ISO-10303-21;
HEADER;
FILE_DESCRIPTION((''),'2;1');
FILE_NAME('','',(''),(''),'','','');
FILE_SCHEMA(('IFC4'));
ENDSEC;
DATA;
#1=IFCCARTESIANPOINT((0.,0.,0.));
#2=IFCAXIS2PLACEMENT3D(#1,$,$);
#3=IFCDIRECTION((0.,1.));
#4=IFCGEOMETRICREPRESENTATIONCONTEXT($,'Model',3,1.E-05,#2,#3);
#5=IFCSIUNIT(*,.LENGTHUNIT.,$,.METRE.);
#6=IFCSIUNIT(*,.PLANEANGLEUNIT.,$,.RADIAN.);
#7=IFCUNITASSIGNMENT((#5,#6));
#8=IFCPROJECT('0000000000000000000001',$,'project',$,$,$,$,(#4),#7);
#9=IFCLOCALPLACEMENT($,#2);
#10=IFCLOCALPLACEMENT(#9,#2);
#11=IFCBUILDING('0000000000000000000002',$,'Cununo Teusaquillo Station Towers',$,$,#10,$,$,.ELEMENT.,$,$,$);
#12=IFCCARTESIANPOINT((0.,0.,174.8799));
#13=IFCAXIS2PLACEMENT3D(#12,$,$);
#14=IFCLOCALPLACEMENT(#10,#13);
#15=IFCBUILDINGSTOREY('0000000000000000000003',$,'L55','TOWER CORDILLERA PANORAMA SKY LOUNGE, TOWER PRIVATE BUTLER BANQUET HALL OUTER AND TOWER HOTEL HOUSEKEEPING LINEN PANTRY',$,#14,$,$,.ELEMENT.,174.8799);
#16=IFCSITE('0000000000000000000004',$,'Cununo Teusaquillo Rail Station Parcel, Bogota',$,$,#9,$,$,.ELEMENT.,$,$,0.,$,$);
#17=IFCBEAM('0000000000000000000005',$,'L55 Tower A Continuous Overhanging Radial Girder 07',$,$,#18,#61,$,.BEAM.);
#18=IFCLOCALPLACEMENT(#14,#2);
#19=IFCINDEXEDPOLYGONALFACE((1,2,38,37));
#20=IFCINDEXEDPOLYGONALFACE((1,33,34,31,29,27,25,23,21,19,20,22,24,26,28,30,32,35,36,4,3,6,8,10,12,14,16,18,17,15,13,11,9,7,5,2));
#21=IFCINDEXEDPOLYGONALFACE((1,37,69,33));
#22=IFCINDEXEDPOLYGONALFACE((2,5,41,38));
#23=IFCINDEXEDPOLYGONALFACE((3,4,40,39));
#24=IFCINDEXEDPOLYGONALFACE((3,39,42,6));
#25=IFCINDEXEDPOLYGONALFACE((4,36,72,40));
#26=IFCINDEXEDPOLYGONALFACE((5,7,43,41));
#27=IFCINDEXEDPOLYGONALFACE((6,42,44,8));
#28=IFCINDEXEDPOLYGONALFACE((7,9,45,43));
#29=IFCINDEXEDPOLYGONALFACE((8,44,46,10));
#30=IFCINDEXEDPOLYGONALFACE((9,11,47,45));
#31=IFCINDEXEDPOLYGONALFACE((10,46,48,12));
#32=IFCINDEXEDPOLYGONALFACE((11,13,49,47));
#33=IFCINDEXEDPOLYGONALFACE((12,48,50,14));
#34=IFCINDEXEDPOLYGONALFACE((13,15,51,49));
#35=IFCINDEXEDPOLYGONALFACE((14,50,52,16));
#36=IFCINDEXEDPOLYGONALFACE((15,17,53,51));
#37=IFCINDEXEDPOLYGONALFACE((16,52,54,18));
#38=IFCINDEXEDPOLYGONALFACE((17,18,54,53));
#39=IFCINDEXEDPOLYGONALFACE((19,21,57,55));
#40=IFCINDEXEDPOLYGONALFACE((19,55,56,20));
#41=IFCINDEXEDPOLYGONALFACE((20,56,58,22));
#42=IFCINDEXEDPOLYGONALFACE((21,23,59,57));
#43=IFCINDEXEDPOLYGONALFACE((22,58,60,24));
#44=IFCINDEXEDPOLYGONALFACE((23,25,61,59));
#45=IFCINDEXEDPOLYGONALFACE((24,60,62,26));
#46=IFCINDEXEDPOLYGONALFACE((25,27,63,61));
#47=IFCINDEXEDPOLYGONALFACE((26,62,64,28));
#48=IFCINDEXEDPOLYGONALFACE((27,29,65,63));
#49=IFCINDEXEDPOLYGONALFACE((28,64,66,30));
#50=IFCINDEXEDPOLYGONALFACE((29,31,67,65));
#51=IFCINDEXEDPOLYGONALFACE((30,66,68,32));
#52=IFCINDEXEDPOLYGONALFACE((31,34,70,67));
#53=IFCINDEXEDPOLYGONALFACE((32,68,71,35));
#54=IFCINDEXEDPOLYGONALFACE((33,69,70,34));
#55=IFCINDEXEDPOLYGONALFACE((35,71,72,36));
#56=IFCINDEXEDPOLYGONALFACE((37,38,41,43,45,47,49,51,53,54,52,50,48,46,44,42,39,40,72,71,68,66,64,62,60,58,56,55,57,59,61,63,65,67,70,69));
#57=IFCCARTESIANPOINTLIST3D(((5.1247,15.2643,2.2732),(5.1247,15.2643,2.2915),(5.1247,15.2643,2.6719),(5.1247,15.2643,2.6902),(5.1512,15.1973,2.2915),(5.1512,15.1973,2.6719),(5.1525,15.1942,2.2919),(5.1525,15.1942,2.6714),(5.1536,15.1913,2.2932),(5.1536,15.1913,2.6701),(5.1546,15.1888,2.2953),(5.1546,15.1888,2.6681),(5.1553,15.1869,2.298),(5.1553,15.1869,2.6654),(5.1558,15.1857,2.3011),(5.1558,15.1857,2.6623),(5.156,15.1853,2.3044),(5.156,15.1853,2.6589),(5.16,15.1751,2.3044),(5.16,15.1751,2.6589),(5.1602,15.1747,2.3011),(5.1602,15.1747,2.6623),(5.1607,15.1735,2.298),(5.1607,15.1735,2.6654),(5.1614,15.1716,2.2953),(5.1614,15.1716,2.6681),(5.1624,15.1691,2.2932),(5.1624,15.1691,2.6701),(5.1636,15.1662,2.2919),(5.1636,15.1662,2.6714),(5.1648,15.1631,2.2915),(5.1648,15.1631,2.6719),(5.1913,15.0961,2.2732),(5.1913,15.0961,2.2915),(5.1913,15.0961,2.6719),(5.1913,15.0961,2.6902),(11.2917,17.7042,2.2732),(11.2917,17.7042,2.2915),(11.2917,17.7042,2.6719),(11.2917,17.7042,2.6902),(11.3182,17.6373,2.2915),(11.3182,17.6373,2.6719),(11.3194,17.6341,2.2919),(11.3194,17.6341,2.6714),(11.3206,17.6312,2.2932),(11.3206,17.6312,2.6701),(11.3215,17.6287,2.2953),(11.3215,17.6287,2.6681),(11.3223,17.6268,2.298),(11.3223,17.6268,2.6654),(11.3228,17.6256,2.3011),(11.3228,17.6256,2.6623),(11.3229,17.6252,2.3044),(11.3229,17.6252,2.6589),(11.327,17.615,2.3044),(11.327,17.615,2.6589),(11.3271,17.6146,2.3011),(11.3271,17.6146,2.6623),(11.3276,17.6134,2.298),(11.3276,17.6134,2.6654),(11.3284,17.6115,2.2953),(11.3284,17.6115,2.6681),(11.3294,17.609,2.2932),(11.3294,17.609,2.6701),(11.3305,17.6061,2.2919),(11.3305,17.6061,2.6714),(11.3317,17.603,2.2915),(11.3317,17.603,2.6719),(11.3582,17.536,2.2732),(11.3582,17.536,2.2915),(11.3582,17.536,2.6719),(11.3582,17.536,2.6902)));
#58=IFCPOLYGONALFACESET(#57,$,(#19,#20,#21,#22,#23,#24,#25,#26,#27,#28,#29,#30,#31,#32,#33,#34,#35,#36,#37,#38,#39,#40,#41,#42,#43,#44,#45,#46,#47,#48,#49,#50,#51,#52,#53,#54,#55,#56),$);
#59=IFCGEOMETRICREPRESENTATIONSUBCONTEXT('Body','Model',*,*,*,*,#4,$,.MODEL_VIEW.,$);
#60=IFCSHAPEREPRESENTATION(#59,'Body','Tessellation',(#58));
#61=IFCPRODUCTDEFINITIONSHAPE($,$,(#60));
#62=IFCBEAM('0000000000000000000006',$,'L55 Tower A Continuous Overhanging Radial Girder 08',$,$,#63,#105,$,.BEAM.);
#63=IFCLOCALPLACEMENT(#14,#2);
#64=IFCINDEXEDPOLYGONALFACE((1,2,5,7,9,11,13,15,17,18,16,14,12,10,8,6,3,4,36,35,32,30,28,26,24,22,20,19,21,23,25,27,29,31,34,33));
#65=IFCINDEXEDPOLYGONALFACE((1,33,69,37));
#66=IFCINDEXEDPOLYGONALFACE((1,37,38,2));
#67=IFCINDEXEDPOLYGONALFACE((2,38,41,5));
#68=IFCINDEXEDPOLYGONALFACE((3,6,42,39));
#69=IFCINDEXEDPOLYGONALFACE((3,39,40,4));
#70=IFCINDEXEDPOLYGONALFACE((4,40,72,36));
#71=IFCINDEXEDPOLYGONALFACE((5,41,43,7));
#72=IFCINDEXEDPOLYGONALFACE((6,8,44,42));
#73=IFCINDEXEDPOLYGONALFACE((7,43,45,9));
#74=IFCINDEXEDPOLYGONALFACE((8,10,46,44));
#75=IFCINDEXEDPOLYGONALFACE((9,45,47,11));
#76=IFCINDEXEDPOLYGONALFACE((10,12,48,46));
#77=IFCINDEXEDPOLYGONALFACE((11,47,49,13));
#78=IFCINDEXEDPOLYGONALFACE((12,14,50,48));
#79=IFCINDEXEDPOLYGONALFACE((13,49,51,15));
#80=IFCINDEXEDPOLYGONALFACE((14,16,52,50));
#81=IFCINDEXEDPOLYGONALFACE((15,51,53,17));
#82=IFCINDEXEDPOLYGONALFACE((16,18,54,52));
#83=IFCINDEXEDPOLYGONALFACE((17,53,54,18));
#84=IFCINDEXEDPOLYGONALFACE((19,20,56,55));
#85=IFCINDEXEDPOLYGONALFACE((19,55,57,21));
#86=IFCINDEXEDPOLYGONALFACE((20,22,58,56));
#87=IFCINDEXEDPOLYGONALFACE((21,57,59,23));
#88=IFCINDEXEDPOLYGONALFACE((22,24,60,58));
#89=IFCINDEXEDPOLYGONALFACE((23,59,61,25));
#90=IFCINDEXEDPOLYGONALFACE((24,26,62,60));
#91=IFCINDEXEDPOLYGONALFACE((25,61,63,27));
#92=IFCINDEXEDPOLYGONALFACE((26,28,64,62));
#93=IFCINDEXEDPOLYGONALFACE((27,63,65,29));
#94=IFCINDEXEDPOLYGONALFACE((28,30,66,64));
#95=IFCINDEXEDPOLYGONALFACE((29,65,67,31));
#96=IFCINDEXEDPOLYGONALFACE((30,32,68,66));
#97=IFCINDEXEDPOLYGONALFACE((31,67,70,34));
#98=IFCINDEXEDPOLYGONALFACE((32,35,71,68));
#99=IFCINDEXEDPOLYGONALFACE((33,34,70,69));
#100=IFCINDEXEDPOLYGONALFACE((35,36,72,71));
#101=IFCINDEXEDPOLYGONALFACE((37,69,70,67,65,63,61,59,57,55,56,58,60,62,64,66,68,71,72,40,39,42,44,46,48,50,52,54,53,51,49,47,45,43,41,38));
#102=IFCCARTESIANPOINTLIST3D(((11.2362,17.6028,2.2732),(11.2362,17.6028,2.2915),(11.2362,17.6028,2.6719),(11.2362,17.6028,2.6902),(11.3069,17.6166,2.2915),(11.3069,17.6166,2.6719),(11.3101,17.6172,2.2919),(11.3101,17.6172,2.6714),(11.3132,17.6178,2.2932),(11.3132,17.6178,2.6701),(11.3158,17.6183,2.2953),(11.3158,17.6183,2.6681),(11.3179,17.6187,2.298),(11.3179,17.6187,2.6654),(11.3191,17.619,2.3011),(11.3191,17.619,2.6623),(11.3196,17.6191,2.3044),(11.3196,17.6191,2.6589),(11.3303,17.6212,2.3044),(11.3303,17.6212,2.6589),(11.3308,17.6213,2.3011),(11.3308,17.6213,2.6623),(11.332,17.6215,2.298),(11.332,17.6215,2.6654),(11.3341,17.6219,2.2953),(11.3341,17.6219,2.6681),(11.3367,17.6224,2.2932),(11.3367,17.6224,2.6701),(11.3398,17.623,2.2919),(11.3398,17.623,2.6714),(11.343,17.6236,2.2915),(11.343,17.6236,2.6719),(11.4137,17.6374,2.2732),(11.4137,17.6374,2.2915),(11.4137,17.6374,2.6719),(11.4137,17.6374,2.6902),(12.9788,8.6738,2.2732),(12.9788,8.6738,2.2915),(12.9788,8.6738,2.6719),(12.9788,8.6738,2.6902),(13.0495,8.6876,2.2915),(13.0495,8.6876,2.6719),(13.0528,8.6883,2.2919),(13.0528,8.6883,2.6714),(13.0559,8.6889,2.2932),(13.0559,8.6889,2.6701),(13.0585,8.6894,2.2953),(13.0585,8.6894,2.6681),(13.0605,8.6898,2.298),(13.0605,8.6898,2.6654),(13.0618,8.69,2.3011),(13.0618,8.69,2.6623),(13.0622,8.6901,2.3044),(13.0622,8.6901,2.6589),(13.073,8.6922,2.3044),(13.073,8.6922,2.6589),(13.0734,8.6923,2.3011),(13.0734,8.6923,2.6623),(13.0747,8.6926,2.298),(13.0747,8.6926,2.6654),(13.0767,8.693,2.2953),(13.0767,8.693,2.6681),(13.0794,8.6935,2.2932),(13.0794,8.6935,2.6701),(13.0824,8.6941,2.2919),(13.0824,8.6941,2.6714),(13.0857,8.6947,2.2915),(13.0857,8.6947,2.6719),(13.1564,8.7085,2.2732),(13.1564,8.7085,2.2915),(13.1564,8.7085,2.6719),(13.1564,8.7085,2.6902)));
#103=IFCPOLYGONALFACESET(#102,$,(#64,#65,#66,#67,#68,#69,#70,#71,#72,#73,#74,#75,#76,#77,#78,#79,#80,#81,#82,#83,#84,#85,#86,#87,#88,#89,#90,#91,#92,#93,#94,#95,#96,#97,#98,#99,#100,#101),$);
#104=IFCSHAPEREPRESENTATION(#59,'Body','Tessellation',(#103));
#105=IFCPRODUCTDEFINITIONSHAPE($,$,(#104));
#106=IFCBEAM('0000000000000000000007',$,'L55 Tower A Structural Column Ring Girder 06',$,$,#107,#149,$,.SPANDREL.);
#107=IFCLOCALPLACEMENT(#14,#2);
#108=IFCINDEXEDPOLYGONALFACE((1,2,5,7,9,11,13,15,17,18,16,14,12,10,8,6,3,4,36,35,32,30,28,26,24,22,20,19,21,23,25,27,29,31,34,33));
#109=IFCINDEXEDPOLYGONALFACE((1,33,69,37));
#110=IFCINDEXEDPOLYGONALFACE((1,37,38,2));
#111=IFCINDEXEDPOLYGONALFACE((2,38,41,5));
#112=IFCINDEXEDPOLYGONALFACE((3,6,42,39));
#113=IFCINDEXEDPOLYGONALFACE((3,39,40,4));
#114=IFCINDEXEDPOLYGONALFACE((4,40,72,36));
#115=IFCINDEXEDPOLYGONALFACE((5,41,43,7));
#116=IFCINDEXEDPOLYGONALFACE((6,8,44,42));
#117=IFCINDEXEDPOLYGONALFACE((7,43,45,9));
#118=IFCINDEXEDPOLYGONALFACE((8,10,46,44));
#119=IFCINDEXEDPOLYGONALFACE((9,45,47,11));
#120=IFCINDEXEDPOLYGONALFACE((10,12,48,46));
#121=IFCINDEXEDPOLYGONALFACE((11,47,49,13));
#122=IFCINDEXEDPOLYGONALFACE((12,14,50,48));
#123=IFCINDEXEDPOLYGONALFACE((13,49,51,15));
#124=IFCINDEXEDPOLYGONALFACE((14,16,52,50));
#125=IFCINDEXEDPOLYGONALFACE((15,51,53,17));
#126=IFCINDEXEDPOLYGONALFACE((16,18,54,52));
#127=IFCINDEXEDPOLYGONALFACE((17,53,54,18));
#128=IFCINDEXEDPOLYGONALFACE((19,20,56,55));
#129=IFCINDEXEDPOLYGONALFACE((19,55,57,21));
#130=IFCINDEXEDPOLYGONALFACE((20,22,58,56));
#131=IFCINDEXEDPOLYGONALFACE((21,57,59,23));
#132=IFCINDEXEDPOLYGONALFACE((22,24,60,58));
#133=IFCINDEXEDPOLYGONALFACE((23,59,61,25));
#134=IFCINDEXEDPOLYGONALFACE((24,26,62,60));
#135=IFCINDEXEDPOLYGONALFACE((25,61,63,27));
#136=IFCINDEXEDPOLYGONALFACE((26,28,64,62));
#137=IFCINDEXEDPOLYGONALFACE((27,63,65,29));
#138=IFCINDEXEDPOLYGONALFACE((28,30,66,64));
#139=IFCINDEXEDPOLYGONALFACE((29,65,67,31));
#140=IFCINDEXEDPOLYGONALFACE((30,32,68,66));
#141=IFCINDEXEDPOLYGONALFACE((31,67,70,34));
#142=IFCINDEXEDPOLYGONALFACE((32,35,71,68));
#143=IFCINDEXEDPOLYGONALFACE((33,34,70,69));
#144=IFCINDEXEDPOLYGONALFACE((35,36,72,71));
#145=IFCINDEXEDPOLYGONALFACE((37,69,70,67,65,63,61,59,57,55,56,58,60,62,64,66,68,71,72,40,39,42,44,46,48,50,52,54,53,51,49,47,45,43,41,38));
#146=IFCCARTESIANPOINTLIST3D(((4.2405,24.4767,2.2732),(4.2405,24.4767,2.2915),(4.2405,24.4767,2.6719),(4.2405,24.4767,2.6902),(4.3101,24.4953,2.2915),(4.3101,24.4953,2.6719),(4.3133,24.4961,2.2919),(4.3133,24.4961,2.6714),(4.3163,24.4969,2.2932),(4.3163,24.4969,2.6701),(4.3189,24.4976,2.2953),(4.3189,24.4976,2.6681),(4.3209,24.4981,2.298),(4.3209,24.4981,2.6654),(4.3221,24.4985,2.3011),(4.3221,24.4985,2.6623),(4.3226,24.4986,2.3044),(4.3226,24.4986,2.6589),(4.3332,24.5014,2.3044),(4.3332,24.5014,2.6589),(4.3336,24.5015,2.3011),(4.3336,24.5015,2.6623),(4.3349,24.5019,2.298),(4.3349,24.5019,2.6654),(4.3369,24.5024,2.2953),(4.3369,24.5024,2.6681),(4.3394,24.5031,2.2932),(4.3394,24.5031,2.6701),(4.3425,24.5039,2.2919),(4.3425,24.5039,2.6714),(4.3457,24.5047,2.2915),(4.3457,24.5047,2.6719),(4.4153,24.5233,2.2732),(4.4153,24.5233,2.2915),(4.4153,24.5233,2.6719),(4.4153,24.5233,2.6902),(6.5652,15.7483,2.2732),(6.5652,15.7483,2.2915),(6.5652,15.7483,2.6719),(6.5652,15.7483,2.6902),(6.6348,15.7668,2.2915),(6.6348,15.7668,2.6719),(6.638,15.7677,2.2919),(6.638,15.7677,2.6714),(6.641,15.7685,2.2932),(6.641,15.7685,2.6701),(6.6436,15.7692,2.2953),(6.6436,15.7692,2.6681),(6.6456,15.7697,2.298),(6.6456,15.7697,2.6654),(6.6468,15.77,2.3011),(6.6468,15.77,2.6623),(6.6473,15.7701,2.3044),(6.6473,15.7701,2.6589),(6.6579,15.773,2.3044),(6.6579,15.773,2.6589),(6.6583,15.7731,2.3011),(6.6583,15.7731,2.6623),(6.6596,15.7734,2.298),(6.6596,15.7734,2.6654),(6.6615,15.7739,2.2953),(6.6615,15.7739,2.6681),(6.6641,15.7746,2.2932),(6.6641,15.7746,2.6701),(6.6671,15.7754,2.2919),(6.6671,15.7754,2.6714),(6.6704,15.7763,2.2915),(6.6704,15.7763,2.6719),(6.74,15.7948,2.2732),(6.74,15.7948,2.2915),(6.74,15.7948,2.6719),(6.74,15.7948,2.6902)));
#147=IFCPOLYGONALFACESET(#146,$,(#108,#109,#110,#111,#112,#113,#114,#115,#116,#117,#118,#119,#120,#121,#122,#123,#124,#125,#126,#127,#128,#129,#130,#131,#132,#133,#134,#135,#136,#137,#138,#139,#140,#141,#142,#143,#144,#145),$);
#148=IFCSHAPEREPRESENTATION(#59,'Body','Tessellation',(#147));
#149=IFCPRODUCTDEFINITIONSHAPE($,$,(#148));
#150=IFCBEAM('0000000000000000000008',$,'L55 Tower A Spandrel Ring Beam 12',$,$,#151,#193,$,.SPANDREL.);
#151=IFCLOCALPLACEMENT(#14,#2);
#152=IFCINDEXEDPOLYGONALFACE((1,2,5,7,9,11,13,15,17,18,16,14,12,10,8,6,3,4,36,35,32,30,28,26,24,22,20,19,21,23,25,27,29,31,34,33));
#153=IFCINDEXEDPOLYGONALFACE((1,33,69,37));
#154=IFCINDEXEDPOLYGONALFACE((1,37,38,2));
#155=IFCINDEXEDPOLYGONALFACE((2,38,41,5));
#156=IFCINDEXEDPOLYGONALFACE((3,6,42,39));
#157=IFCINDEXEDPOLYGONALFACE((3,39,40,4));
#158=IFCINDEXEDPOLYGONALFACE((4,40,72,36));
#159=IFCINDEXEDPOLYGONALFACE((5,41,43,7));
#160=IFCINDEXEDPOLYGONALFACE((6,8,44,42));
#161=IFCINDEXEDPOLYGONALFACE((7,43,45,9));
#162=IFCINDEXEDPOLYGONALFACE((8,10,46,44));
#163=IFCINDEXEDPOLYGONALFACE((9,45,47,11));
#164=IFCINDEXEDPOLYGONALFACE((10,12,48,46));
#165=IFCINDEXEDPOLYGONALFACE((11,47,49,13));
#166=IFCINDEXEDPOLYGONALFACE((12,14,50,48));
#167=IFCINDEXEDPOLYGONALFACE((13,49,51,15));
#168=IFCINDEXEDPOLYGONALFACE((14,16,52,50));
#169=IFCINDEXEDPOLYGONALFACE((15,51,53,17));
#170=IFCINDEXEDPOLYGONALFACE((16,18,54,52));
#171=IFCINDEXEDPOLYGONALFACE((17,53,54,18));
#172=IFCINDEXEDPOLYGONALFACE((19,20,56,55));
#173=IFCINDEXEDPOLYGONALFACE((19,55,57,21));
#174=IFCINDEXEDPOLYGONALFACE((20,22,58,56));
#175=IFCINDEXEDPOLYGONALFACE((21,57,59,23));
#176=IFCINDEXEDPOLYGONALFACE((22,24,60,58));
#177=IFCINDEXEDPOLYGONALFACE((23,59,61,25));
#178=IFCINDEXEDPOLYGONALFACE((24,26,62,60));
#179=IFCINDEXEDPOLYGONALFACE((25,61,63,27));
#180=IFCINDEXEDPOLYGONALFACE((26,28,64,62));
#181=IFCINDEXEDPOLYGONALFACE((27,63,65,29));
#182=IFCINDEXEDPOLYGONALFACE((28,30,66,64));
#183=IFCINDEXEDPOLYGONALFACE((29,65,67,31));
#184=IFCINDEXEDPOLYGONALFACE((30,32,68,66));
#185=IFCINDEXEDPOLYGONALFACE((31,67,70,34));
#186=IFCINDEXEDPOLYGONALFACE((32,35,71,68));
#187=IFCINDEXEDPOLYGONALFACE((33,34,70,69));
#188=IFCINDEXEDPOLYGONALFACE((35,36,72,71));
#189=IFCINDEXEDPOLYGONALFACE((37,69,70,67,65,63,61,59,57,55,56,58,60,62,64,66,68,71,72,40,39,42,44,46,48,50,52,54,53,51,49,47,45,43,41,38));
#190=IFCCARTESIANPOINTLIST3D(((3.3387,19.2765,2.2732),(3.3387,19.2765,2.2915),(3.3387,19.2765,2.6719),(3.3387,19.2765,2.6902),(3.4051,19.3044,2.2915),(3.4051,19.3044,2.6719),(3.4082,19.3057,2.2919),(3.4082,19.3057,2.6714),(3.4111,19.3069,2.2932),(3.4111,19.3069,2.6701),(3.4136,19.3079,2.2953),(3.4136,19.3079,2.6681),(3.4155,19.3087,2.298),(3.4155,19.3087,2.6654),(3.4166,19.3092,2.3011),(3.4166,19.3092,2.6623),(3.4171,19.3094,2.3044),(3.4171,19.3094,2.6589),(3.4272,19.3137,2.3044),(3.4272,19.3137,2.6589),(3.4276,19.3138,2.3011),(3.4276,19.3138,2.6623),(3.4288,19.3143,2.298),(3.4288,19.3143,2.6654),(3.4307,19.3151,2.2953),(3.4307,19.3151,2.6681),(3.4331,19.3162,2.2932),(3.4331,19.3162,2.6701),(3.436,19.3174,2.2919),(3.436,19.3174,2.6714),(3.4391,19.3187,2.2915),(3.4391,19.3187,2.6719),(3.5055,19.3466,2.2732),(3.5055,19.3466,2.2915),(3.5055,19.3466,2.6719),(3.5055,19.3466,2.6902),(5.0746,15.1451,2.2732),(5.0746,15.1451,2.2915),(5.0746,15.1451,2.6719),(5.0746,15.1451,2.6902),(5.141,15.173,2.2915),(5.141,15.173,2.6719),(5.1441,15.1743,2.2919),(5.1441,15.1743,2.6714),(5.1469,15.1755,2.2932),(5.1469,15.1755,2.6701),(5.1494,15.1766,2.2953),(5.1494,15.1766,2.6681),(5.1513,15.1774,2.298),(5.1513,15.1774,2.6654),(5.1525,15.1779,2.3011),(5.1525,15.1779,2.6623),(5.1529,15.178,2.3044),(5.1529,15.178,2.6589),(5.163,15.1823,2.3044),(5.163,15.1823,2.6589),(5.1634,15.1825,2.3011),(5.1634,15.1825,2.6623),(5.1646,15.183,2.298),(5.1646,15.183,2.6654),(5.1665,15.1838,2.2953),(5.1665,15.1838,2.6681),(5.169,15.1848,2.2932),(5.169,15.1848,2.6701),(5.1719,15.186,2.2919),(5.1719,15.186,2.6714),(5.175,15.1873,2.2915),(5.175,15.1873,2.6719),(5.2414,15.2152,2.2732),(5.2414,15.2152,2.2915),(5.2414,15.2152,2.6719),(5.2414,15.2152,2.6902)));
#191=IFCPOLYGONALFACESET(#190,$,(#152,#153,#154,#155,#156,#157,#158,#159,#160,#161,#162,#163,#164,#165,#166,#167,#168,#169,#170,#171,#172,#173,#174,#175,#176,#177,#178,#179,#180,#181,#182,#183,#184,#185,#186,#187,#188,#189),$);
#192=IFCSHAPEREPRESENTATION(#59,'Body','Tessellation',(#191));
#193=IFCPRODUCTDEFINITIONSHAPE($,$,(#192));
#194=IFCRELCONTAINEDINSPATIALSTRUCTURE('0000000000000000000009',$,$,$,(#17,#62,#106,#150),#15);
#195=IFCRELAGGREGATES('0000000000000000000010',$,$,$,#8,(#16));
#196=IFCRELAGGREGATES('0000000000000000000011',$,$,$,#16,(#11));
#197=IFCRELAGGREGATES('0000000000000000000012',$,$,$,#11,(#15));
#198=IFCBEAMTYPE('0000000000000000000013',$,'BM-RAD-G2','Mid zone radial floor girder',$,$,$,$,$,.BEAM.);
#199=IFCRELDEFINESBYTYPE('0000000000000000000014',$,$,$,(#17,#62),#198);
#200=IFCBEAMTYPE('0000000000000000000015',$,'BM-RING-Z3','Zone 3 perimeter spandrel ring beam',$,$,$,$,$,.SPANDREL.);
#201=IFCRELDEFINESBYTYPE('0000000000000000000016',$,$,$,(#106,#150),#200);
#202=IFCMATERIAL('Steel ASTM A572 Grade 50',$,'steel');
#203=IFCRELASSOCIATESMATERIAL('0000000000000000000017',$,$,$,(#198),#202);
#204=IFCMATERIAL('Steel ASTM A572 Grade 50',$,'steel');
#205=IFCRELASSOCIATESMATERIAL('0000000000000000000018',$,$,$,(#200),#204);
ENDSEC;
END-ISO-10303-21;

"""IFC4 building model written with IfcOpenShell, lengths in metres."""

from ifc_helpers import new_model, si_unit, direction, frame, origin, origin_2d, place, context, subcontext, project, spatial, i_section, extrude, material, material_profile, profile_set, type_object, element, save


model = new_model("IFC4")

# Units and contexts
model_context = context("Model", 3, precision=1e-05, world=origin(), true_north=direction((0.0, 1.0)))
body_context = subcontext(model_context, "Body", "Model", "MODEL_VIEW")
ifc_project = project(units=[si_unit("LENGTHUNIT", "METRE"), si_unit("PLANEANGLEUNIT", "RADIAN")], contexts=[model_context])

# Site, building, storey
site_placement = place(None, origin())
site = spatial("IfcSite", under=ifc_project, at=site_placement, Name="Cununo Teusaquillo Rail Station Parcel, Bogota", CompositionType="ELEMENT", RefElevation=0.0)
building_placement = place(site_placement, origin())
building = spatial("IfcBuilding", under=site, at=building_placement, Name="Cununo Teusaquillo Station Towers", CompositionType="ELEMENT")
storey_placement = place(building_placement, frame((0.0, 0.0, 174.8799)))
storey = spatial("IfcBuildingStorey", under=building, at=storey_placement, Name="L55", Description="TOWER CORDILLERA PANORAMA SKY LOUNGE, TOWER PRIVATE BUTLER BANQUET HALL OUTER AND TOWER HOTEL HOUSEKEEPING LINEN PANTRY", CompositionType="ELEMENT", Elevation=174.8799)

# Beams
ifc_material_1 = material(Name="Steel ASTM A572 Grade 50", Category="steel")
ifc_material_profile_1 = material_profile(ifc_material_1, i_section(OverallWidth=0.1809, OverallDepth=0.417, WebThickness=0.011, FlangeThickness=0.0183, FilletRadius=0.0129, at=origin_2d()), Name="W16X57")
ifc_profile_set_1 = profile_set([ifc_material_profile_1], Name="Steel ASTM A572 Grade 50")
beam_type_1 = type_object("IfcBeamType", Name="BM-RAD-G2", Description="Mid zone radial floor girder", PredefinedType="BEAM", material=ifc_profile_set_1)
beam_1_placement = place(storey_placement, frame((11.325, 17.6201, 2.4817), z_axis=(-0.929866, -0.367897, 0.0), x_axis=(0.367897, -0.929866, 0.0)))
element("IfcBeam", 1, at=beam_1_placement, inside=storey, type_object=beam_type_1, Name="L55 Tower A Continuous Overhanging Radial Girder 07", PredefinedType="BEAM", context=body_context, shape_type="SweptSolid", body=[
    extrude(i_section(OverallWidth=0.1809, OverallDepth=0.417, WebThickness=0.011, FlangeThickness=0.0183, FilletRadius=0.0129, at=origin_2d()), origin(), (0.0, 0.0, 1.0), 6.6321),
])
beam_2_placement = place(storey_placement, frame((11.325, 17.6201, 2.4817), z_axis=(0.191557, -0.981481, 0.0), x_axis=(0.981481, 0.191557, 0.0)))
element("IfcBeam", 2, at=beam_2_placement, inside=storey, type_object=beam_type_1, Name="L55 Tower A Continuous Overhanging Radial Girder 08", PredefinedType="BEAM", context=body_context, shape_type="SweptSolid", body=[
    extrude(i_section(OverallWidth=0.1809, OverallDepth=0.417, WebThickness=0.011, FlangeThickness=0.0183, FilletRadius=0.0129, at=origin_2d()), origin(), (0.0, 0.0, 1.0), 9.0974),
])
ifc_material_2 = material(Name="Steel ASTM A572 Grade 50", Category="steel")
ifc_material_profile_2 = material_profile(ifc_material_2, i_section(OverallWidth=0.1809, OverallDepth=0.417, WebThickness=0.011, FlangeThickness=0.0183, FilletRadius=0.0129, at=origin_2d()), Name="W16X57")
ifc_profile_set_2 = profile_set([ifc_material_profile_2], Name="Steel ASTM A572 Grade 50")
beam_type_2 = type_object("IfcBeamType", Name="BM-RING-Z3", Description="Zone 3 perimeter spandrel ring beam", PredefinedType="SPANDREL", material=ifc_profile_set_2)
beam_3_placement = place(storey_placement, frame((4.3279, 24.5, 2.4817), z_axis=(0.257363, -0.966315, 0.0), x_axis=(0.966315, 0.257363, 0.0)))
element("IfcBeam", 3, at=beam_3_placement, inside=storey, type_object=beam_type_2, Name="L55 Tower A Structural Column Ring Girder 06", PredefinedType="SPANDREL", context=body_context, shape_type="SweptSolid", body=[
    extrude(i_section(OverallWidth=0.1809, OverallDepth=0.417, WebThickness=0.011, FlangeThickness=0.0183, FilletRadius=0.0129, at=origin_2d()), origin(), (0.0, 0.0, 1.0), 9.0327),
])
beam_4_placement = place(storey_placement, frame((3.4221, 19.3115, 2.4817), z_axis=(0.38736, -0.921928, 0.0), x_axis=(0.921928, 0.38736, 0.0)))
element("IfcBeam", 4, at=beam_4_placement, inside=storey, type_object=beam_type_2, Name="L55 Tower A Spandrel Ring Beam 12", PredefinedType="SPANDREL", context=body_context, shape_type="SweptSolid", body=[
    extrude(i_section(OverallWidth=0.1809, OverallDepth=0.417, WebThickness=0.011, FlangeThickness=0.0183, FilletRadius=0.0129, at=origin_2d()), origin(), (0.0, 0.0, 1.0), 4.4812),
])

save(model, "model.ifc")
